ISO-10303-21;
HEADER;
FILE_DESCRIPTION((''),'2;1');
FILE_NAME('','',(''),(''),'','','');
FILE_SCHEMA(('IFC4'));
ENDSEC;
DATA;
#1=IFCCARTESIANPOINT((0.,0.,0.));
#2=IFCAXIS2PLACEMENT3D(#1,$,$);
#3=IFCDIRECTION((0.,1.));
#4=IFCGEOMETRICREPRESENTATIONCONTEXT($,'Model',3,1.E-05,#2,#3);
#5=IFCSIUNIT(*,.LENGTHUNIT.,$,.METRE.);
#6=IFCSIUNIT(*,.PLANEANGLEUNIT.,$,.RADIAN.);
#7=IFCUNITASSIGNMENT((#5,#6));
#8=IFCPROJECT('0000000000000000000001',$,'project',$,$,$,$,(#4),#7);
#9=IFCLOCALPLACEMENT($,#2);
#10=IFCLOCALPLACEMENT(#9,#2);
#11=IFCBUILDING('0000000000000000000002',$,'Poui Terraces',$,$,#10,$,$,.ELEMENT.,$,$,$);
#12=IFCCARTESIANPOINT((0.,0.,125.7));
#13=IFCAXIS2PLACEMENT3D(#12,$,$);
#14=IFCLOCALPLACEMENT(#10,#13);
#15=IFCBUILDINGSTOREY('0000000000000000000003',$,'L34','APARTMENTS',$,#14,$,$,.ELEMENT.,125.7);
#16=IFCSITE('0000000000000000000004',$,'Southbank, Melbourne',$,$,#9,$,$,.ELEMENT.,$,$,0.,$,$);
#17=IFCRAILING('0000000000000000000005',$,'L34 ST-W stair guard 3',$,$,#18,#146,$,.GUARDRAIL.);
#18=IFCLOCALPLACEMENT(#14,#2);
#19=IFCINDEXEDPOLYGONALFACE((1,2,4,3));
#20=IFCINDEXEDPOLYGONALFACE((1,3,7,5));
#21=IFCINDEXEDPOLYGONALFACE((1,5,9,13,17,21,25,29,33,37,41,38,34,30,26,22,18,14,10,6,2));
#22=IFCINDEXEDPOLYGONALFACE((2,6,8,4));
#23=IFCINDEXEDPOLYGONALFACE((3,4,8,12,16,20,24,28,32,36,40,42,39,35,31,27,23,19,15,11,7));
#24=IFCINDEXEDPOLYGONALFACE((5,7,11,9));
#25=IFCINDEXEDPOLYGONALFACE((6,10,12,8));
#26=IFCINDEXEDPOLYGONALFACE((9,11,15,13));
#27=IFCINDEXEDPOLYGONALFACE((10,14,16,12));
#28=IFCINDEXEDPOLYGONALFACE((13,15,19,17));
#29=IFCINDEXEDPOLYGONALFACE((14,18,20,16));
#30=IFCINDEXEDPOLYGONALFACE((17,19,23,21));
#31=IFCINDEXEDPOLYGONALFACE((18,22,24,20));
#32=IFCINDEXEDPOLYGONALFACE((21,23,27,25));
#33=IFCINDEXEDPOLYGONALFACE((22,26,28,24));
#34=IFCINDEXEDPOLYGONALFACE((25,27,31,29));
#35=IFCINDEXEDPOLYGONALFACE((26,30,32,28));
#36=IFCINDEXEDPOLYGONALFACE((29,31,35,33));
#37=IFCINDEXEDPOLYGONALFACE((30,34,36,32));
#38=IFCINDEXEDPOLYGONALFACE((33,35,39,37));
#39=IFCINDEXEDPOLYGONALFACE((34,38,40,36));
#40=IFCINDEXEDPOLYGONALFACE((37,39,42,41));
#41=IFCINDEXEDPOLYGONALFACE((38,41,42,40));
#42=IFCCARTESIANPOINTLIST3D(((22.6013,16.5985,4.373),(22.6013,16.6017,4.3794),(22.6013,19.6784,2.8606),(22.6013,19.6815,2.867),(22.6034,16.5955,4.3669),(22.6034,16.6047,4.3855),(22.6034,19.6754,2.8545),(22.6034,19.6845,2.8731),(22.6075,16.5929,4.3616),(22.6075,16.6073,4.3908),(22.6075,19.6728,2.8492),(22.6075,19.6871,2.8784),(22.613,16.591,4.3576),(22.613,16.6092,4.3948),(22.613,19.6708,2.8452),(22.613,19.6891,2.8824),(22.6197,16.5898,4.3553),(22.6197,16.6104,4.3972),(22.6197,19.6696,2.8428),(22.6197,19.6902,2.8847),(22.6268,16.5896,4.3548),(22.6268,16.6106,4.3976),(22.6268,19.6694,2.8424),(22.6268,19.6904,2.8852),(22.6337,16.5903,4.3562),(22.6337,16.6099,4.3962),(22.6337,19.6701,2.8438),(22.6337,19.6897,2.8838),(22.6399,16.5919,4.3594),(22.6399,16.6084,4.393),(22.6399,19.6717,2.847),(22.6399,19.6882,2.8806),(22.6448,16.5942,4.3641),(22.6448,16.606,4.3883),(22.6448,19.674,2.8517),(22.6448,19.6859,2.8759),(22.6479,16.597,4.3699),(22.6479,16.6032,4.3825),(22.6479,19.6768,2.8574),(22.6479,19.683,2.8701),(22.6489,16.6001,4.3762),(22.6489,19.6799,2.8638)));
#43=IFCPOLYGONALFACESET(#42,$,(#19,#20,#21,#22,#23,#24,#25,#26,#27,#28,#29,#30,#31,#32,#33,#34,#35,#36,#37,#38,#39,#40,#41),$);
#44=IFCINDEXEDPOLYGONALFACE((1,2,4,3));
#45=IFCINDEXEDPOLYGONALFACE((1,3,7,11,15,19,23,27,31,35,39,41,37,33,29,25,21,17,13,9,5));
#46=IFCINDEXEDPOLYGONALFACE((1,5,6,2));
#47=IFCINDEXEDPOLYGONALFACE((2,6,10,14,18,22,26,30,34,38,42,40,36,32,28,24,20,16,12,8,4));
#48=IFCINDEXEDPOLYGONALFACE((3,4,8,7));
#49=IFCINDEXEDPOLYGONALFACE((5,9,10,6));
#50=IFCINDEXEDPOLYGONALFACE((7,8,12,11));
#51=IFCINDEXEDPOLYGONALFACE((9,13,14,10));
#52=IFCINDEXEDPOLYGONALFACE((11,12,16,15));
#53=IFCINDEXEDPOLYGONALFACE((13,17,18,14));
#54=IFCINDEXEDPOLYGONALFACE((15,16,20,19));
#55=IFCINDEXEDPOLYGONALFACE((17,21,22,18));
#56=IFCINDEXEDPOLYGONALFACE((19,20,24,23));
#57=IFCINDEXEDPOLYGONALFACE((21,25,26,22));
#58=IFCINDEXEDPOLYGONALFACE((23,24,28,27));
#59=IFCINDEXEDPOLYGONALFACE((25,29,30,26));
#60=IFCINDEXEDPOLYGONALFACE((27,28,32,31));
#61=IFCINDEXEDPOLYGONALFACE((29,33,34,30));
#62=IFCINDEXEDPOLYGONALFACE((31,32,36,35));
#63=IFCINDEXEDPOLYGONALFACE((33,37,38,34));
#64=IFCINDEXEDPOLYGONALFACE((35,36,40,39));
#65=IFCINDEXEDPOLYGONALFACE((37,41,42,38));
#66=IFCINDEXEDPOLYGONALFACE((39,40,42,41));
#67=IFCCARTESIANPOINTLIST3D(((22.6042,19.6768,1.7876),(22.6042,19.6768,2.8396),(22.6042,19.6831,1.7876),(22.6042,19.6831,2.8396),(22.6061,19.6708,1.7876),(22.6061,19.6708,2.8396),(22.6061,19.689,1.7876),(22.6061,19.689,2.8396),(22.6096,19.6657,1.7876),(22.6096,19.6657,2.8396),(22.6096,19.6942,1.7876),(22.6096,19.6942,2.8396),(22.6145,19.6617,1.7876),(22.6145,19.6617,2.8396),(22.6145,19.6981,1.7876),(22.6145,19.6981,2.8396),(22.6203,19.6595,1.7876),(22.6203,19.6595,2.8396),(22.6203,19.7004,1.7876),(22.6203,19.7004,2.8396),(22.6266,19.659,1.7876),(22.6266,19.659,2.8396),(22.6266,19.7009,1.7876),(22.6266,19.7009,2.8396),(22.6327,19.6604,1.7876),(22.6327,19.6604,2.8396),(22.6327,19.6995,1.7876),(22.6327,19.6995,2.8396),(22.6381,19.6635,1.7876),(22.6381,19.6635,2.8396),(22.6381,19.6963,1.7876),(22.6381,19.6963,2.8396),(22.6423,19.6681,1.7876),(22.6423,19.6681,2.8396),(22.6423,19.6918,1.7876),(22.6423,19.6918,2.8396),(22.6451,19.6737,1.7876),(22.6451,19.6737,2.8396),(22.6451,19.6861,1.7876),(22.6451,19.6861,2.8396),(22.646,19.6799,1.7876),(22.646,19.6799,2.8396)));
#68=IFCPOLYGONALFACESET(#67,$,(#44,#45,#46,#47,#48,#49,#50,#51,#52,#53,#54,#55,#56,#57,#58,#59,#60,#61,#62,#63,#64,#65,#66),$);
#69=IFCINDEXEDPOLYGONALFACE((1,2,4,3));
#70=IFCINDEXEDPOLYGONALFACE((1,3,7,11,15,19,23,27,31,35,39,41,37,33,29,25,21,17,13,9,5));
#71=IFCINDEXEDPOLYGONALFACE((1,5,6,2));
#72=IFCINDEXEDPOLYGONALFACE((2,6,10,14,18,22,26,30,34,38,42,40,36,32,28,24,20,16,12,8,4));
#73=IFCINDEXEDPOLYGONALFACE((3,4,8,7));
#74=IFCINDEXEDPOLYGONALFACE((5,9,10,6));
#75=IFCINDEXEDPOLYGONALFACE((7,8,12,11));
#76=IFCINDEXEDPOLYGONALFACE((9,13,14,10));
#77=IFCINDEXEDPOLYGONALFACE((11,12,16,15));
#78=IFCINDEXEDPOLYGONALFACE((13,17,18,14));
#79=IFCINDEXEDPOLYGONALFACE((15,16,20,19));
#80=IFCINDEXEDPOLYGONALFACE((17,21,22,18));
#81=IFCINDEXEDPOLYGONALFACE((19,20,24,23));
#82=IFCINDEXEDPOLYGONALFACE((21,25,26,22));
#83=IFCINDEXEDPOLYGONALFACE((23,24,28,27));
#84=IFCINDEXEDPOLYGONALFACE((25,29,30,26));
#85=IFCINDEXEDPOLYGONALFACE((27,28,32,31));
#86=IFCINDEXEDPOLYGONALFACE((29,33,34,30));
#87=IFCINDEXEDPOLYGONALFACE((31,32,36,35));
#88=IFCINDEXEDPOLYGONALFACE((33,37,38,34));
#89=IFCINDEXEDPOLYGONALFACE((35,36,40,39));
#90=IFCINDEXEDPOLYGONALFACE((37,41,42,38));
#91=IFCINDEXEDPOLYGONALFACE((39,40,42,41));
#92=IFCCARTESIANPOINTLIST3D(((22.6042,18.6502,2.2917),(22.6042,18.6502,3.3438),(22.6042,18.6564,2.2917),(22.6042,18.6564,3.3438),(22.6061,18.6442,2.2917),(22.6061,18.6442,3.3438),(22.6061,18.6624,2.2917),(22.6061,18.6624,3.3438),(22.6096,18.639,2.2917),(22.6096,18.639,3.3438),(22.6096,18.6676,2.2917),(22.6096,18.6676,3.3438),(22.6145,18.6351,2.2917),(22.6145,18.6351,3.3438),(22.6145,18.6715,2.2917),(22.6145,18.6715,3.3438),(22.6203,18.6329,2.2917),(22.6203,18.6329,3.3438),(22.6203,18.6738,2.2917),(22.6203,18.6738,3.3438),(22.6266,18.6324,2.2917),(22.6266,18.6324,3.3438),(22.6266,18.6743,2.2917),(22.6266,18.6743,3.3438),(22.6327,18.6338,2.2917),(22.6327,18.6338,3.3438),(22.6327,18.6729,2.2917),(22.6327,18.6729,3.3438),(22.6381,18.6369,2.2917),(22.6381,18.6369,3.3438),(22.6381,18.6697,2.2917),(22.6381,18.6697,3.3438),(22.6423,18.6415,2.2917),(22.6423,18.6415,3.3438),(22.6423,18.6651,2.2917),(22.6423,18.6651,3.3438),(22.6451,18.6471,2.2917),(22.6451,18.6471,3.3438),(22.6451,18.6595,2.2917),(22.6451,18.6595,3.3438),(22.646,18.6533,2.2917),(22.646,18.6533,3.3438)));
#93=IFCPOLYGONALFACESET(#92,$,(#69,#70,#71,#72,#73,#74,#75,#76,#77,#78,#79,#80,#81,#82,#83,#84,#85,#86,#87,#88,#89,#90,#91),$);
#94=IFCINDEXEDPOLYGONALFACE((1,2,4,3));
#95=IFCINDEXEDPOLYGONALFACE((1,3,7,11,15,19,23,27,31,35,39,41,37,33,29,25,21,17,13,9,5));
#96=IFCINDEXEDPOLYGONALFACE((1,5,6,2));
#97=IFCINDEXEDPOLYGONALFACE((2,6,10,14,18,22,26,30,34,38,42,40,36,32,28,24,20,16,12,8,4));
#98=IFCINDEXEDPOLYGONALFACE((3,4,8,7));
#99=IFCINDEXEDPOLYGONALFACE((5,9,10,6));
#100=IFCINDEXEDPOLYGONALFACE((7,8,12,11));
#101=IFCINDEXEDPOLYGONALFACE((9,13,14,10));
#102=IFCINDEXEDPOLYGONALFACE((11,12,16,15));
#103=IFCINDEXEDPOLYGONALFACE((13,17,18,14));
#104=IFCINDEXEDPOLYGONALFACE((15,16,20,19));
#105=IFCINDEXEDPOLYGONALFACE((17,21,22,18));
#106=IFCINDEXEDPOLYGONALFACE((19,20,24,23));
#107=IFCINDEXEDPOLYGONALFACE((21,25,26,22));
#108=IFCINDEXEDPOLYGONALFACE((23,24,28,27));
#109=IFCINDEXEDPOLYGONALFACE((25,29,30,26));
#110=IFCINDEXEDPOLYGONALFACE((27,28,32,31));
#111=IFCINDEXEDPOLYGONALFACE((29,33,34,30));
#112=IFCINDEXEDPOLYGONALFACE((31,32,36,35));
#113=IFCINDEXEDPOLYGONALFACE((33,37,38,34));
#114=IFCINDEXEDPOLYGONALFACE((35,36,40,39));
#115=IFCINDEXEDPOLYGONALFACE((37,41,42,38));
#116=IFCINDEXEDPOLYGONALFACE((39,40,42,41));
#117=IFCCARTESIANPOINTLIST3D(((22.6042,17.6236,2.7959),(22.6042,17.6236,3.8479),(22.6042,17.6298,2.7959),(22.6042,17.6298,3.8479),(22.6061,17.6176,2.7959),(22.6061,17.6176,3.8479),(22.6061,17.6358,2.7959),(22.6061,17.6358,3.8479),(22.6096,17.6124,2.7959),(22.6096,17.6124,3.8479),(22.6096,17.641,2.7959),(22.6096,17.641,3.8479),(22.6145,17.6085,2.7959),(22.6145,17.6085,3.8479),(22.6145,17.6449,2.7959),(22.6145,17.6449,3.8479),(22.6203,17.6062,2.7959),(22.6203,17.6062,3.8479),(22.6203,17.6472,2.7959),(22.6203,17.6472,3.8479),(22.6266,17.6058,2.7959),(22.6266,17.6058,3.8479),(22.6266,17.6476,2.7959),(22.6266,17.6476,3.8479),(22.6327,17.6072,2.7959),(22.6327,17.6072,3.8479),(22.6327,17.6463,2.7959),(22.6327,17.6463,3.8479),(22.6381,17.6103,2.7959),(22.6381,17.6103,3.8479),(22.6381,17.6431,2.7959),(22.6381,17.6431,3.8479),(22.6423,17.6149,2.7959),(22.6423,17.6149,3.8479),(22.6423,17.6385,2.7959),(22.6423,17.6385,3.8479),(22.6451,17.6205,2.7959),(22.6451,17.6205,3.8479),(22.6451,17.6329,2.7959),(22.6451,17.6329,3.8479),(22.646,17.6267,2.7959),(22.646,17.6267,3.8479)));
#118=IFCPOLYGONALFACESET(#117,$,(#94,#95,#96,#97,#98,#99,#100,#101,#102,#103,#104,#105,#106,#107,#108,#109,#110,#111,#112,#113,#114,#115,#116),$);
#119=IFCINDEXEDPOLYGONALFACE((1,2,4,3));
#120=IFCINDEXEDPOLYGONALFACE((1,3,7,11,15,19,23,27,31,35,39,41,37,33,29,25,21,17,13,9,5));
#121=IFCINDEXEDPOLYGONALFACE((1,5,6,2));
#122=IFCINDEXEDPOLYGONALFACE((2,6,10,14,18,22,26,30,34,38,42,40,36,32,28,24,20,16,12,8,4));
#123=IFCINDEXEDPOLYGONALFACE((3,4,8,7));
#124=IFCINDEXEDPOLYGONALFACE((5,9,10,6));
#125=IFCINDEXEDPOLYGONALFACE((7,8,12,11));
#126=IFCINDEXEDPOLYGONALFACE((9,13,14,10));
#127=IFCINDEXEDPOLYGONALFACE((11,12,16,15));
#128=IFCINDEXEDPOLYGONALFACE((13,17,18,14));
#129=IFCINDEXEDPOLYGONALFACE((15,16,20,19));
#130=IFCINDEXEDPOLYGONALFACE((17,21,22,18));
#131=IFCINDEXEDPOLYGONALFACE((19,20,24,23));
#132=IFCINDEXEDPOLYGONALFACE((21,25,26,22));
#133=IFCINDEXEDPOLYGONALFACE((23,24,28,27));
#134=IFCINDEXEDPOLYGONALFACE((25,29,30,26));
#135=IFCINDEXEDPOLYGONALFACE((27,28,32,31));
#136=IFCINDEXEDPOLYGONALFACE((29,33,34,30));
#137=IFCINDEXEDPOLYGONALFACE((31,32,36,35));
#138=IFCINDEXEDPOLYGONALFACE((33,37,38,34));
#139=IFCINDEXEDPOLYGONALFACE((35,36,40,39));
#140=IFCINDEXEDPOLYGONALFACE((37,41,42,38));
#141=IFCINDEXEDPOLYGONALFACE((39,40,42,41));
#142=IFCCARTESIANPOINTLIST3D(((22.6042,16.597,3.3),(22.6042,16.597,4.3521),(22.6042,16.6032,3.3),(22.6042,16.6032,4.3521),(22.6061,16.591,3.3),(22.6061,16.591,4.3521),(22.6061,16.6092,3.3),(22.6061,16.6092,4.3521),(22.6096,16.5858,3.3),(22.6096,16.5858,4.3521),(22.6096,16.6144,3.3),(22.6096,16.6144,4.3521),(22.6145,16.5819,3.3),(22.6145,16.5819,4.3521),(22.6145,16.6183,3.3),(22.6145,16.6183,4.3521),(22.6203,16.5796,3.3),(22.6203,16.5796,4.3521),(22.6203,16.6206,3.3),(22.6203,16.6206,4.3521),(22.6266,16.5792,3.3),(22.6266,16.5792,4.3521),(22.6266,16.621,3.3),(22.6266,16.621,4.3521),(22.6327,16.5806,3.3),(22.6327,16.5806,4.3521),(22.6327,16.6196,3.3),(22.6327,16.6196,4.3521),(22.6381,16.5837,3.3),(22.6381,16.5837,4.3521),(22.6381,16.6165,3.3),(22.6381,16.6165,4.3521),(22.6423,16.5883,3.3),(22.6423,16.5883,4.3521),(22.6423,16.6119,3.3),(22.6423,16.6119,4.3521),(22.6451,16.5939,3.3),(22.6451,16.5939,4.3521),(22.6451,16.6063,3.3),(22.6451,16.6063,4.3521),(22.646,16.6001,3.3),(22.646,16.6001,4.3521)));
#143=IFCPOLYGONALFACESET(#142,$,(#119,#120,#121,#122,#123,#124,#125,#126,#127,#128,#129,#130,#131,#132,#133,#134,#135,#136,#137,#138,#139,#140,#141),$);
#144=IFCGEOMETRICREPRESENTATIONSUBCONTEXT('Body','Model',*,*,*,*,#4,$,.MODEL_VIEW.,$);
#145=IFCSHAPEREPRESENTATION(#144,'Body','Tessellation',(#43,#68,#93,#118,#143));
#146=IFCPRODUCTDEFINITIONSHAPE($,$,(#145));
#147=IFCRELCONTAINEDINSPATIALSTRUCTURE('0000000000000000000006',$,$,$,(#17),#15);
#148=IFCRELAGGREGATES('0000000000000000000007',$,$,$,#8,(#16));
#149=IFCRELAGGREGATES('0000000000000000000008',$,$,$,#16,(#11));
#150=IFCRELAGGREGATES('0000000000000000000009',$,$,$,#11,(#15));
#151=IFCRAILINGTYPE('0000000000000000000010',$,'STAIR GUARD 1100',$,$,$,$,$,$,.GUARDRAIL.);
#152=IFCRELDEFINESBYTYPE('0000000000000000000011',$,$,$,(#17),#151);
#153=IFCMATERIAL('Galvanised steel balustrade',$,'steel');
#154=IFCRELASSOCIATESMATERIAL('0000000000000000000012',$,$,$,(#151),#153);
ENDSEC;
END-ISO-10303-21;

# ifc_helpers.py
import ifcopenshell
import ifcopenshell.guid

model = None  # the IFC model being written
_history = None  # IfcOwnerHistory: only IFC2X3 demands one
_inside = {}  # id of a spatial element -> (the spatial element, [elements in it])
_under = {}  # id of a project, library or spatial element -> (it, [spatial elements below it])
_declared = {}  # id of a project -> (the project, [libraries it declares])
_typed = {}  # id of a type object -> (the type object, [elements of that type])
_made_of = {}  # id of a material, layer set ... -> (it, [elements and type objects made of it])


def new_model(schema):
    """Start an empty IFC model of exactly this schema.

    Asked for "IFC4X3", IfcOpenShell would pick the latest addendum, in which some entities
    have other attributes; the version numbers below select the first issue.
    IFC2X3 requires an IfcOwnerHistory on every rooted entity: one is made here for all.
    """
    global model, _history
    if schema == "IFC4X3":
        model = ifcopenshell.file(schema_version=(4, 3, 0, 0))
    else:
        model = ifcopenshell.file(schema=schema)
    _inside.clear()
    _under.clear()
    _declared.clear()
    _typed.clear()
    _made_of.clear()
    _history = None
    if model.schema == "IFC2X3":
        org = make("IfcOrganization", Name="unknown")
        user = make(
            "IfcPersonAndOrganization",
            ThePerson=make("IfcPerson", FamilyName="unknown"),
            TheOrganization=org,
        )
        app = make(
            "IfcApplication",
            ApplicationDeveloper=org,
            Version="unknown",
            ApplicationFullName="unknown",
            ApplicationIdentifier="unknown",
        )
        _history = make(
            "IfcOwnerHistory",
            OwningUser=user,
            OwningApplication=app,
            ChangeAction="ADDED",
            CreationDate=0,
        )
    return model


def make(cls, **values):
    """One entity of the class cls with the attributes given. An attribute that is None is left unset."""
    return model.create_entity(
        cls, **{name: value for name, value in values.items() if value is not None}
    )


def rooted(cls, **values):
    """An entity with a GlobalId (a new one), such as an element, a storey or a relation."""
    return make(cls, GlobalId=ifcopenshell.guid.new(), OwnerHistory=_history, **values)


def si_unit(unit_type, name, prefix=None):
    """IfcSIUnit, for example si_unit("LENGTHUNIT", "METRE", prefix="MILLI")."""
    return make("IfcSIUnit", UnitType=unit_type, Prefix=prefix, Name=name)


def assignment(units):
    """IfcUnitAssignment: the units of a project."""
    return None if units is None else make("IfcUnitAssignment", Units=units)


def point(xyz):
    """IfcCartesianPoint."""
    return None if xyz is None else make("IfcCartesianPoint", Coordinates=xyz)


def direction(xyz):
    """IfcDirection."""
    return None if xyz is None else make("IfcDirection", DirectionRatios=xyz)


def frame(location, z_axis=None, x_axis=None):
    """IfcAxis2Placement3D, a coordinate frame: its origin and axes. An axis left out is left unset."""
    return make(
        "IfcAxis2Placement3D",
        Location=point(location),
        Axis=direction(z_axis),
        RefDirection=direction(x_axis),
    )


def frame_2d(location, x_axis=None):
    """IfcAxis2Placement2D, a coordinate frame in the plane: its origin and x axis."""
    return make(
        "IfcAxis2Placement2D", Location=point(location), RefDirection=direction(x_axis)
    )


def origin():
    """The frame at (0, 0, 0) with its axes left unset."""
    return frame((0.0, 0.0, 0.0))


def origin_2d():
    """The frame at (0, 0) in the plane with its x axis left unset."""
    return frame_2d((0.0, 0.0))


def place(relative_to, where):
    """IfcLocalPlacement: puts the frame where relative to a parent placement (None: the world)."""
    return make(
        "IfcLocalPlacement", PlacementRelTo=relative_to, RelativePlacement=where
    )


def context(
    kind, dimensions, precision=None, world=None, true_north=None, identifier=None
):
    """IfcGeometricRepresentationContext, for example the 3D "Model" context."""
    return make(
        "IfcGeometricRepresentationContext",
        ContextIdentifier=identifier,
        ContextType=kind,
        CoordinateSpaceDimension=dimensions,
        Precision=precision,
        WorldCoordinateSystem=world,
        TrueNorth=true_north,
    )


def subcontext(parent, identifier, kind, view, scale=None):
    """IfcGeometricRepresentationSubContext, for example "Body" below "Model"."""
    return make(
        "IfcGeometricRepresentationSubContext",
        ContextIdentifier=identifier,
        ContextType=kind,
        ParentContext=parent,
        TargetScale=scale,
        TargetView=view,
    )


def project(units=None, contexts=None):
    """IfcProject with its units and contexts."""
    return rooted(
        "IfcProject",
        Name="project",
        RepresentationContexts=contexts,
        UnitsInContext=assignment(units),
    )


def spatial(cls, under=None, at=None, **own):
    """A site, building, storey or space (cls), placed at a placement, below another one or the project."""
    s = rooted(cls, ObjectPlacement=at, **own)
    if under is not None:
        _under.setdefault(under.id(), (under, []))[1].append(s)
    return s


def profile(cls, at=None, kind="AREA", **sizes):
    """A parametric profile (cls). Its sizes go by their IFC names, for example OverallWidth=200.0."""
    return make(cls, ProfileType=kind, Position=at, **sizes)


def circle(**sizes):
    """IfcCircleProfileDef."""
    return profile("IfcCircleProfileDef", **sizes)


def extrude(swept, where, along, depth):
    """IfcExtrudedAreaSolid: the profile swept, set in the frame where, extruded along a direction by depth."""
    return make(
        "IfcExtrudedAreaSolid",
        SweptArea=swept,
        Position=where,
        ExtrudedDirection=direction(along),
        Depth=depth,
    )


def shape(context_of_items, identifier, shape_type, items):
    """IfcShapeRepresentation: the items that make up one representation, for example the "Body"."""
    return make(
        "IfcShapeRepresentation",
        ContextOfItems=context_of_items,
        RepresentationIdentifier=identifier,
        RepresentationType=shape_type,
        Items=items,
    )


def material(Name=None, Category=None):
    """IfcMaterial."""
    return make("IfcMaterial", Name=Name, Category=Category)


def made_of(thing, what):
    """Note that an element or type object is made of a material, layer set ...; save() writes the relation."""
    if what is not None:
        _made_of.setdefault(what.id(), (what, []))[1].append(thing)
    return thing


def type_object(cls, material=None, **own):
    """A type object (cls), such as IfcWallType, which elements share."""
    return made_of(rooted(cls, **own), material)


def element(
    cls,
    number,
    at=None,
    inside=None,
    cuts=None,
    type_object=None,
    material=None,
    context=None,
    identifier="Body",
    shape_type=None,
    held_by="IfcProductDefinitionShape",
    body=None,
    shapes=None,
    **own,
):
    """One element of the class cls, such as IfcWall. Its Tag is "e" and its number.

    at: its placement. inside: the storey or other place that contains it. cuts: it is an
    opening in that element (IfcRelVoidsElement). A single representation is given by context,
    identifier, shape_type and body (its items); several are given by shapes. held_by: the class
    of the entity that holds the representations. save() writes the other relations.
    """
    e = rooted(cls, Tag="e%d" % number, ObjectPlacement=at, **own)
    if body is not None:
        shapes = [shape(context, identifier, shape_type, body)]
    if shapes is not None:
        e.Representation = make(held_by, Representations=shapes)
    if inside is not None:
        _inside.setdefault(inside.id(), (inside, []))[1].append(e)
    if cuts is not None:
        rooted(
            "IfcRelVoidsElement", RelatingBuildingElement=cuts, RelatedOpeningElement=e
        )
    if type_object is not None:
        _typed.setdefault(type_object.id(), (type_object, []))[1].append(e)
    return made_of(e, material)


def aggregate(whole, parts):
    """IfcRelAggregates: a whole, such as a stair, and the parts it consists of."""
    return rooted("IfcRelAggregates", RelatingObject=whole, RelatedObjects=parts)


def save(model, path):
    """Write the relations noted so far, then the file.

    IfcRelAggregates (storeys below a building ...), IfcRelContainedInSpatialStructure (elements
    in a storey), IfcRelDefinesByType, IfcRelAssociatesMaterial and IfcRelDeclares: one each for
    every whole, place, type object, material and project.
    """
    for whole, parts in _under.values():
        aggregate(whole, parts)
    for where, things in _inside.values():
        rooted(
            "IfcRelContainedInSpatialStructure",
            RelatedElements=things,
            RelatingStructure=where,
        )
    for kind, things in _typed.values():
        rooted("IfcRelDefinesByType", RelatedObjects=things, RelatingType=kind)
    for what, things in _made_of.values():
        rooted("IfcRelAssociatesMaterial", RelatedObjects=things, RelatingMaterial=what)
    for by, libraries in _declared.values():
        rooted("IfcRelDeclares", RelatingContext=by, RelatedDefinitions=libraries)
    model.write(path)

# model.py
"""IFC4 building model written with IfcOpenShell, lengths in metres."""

from ifc_helpers import new_model, si_unit, direction, frame, origin, origin_2d, place, context, subcontext, project, spatial, circle, extrude, material, type_object, element, save


model = new_model("IFC4")

# Units and contexts
model_context = context("Model", 3, precision=1e-05, world=origin(), true_north=direction((0.0, 1.0)))
body_context = subcontext(model_context, "Body", "Model", "MODEL_VIEW")
ifc_project = project(units=[si_unit("LENGTHUNIT", "METRE"), si_unit("PLANEANGLEUNIT", "RADIAN")], contexts=[model_context])

# Site, building, storey
site_placement = place(None, origin())
site = spatial("IfcSite", under=ifc_project, at=site_placement, Name="Southbank, Melbourne", CompositionType="ELEMENT", RefElevation=0.0)
building_placement = place(site_placement, origin())
building = spatial("IfcBuilding", under=site, at=building_placement, Name="Poui Terraces", CompositionType="ELEMENT")
storey_placement = place(building_placement, frame((0.0, 0.0, 125.7)))
storey = spatial("IfcBuildingStorey", under=building, at=storey_placement, Name="L34", Description="APARTMENTS", CompositionType="ELEMENT", Elevation=125.7)

# Railing
ifc_material_1 = material(Name="Galvanised steel balustrade", Category="steel")
railing_type_1 = type_object("IfcRailingType", Name="STAIR GUARD 1100", PredefinedType="GUARDRAIL", material=ifc_material_1)
railing_1_placement = place(storey_placement, frame((22.625, 19.6799, 1.7876)))
element("IfcRailing", 1, at=railing_1_placement, inside=storey, type_object=railing_type_1, Name="L34 ST-W stair guard 3", PredefinedType="GUARDRAIL", context=body_context, shape_type="SweptSolid", body=[
    extrude(circle(Radius=0.0239, at=origin_2d()), frame((0.0, 0.0, 1.0762), z_axis=(0.0, -0.897606, 0.440798), x_axis=(1.0, 0.0, 0.0)), (0.0, 0.0, 1.0), 3.4312),
    extrude(circle(Radius=0.021, at=origin_2d()), origin(), (0.0, 0.0, 1.0), 1.052),
    extrude(circle(Radius=0.021, at=origin_2d()), frame((0.0, -1.0266, 0.5042)), (0.0, 0.0, 1.0), 1.052),
    extrude(circle(Radius=0.021, at=origin_2d()), frame((0.0, -2.0532, 1.0083)), (0.0, 0.0, 1.0), 1.052),
    extrude(circle(Radius=0.021, at=origin_2d()), frame((0.0, -3.0798, 1.5125)), (0.0, 0.0, 1.0), 1.052),
])

save(model, "model.ifc")
